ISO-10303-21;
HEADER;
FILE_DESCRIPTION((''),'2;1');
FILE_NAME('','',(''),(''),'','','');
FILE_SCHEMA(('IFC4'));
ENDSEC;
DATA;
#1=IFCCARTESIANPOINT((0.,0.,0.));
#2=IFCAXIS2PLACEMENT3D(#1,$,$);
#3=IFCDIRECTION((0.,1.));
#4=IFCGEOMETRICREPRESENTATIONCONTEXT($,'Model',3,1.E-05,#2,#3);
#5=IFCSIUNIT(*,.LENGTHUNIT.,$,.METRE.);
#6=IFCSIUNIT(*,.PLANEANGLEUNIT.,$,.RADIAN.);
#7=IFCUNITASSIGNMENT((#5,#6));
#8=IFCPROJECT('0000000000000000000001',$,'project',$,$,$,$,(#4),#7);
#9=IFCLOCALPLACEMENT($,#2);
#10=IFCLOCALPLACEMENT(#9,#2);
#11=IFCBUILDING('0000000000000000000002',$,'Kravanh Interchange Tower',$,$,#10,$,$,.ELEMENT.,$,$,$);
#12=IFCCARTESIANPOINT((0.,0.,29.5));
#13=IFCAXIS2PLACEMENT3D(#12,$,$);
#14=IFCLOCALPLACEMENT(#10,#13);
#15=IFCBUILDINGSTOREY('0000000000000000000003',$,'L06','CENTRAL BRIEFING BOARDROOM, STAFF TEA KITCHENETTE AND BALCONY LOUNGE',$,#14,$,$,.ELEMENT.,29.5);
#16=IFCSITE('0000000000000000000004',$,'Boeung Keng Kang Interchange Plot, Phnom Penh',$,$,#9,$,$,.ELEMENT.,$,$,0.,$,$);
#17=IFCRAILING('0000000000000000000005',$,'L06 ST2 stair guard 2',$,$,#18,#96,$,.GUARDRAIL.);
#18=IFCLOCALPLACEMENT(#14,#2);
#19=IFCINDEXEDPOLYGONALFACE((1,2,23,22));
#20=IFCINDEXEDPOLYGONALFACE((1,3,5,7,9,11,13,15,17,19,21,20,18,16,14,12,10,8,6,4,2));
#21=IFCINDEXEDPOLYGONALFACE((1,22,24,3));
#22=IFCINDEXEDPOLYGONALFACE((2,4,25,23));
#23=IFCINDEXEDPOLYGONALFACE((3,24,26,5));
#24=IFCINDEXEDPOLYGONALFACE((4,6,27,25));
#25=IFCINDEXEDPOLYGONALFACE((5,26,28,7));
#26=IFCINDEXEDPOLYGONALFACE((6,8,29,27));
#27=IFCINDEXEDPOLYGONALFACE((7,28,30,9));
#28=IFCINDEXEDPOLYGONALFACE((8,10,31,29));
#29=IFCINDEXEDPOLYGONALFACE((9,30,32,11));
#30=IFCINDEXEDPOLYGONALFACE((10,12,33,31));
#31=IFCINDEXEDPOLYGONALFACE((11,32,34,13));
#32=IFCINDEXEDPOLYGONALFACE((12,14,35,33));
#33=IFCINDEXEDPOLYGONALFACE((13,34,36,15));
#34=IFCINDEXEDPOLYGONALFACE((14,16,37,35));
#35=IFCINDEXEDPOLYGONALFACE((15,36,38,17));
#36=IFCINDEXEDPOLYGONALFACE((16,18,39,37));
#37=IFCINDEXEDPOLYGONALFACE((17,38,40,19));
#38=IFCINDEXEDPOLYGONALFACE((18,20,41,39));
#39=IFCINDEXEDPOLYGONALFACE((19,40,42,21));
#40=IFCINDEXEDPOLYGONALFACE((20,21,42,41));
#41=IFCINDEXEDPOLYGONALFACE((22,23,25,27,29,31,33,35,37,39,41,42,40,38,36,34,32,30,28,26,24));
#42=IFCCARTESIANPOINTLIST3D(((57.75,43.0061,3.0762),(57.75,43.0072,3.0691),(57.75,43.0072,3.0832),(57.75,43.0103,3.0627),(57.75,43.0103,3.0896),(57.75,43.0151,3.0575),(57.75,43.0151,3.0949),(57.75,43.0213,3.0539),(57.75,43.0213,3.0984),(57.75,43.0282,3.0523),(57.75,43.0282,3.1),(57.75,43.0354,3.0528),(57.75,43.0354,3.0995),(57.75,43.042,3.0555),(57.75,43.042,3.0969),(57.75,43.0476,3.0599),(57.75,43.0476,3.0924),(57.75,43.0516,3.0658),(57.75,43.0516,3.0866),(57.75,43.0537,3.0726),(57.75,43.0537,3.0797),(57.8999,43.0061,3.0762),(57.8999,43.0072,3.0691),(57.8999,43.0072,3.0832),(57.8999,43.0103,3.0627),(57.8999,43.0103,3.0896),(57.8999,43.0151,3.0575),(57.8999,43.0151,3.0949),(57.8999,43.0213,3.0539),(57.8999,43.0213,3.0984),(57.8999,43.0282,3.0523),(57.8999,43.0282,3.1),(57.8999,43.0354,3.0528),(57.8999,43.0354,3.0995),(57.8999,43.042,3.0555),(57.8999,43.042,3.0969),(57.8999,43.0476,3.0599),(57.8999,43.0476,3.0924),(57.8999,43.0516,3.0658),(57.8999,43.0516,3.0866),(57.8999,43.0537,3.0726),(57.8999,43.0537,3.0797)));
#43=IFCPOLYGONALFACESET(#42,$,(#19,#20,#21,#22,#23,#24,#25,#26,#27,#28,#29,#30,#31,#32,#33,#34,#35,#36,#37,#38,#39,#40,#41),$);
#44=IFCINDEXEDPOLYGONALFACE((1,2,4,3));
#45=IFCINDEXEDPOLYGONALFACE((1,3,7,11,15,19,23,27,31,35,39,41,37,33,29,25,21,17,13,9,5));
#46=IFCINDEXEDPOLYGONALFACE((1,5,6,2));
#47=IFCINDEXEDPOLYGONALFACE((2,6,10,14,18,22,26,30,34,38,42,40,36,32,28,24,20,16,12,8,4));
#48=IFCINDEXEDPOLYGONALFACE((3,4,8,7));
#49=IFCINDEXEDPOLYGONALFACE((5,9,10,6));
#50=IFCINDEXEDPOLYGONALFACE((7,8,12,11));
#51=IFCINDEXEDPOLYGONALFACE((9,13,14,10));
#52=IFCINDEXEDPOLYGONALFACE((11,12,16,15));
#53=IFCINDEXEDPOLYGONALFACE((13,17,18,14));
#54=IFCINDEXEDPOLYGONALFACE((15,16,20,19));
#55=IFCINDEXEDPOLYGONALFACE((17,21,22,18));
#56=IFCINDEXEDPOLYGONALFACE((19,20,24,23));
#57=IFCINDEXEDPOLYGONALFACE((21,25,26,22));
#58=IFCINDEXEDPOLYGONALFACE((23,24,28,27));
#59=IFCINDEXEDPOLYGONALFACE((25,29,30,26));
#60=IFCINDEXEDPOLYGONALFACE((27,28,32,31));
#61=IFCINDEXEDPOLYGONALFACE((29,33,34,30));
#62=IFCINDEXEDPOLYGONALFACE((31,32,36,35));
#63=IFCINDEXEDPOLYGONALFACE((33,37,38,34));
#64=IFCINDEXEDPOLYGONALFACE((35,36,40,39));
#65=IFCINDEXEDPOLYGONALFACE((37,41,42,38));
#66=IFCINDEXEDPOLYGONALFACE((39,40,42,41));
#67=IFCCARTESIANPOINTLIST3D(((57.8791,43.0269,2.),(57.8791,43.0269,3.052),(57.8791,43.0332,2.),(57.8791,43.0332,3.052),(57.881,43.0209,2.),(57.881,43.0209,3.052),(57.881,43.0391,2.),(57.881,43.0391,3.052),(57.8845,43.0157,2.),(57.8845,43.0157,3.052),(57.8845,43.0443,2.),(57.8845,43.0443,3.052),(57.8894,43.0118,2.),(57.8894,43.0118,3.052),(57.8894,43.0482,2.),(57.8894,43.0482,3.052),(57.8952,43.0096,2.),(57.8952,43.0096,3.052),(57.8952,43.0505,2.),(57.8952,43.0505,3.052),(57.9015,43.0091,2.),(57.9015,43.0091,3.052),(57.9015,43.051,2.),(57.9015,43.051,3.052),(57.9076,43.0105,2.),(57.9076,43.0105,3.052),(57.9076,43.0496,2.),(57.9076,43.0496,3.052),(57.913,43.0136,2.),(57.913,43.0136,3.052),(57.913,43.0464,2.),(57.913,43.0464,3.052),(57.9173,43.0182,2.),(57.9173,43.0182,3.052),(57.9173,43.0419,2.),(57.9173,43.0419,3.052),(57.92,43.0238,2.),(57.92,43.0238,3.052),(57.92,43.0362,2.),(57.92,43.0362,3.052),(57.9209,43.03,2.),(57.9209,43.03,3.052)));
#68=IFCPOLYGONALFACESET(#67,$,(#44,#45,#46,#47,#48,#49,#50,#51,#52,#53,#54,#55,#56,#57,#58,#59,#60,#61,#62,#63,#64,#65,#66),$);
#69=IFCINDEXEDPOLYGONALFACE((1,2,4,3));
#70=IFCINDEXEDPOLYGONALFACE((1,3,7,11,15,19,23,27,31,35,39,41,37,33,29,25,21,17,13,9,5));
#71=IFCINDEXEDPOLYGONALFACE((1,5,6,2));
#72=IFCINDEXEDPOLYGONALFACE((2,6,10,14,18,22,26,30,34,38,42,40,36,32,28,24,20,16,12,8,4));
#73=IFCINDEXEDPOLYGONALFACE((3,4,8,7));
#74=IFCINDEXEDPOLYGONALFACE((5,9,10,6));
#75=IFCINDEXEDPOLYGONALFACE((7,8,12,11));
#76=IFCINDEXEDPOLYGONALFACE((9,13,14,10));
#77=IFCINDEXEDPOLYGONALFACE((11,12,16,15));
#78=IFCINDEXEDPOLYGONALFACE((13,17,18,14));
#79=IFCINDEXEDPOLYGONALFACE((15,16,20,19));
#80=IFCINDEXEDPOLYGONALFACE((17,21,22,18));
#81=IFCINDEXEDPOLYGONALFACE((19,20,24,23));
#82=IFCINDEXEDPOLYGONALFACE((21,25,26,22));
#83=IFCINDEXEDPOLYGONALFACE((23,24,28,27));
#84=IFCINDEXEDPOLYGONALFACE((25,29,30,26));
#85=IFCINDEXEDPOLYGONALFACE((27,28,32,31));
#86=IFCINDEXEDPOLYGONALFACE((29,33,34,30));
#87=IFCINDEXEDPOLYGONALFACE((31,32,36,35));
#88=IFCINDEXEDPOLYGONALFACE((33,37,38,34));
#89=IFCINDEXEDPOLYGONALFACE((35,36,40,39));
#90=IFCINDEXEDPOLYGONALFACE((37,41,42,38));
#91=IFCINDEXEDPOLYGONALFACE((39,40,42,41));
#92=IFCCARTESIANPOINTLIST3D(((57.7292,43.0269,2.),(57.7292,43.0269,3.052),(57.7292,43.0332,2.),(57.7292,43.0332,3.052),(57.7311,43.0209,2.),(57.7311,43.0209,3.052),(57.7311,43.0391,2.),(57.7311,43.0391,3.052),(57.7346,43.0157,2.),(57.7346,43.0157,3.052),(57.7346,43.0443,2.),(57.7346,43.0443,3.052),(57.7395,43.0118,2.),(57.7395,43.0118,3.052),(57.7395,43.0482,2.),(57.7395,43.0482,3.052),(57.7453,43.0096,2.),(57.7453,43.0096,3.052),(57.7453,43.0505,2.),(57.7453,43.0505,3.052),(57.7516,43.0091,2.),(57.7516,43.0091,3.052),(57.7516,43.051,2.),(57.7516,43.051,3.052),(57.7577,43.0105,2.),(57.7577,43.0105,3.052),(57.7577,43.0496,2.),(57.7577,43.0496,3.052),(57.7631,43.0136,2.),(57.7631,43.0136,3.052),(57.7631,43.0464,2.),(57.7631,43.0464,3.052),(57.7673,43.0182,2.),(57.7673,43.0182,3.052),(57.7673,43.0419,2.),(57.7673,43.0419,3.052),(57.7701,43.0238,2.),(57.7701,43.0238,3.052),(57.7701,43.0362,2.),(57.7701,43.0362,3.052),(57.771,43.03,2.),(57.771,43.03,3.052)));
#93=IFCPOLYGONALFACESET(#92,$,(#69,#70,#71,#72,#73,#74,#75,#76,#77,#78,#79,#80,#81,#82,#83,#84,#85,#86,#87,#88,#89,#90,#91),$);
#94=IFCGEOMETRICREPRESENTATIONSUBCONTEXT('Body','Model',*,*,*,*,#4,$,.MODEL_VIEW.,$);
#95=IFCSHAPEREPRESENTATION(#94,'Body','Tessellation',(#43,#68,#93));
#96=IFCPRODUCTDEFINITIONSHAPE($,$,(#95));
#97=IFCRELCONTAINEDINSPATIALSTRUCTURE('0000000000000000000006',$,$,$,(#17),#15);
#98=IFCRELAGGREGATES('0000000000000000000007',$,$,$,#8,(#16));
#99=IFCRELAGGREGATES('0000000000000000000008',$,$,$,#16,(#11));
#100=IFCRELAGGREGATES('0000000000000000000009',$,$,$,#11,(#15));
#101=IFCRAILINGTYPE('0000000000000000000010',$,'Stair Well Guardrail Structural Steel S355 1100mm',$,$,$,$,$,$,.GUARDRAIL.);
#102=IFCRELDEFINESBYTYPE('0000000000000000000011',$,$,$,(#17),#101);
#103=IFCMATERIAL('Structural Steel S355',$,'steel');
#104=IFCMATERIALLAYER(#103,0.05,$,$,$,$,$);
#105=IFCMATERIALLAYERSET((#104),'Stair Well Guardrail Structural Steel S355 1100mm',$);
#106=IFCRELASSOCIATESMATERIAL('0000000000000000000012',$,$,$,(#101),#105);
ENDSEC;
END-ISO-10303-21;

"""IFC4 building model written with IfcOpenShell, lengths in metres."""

from ifc_helpers import new_model, si_unit, direction, frame, origin, origin_2d, place, context, subcontext, project, spatial, circle, extrude, material, layer, layer_set, type_object, element, save


model = new_model("IFC4")

# Units and contexts
model_context = context("Model", 3, precision=1e-05, world=origin(), true_north=direction((0.0, 1.0)))
body_context = subcontext(model_context, "Body", "Model", "MODEL_VIEW")
ifc_project = project(units=[si_unit("LENGTHUNIT", "METRE"), si_unit("PLANEANGLEUNIT", "RADIAN")], contexts=[model_context])

# Site, building, storey
site_placement = place(None, origin())
site = spatial("IfcSite", under=ifc_project, at=site_placement, Name="Boeung Keng Kang Interchange Plot, Phnom Penh", CompositionType="ELEMENT", RefElevation=0.0)
building_placement = place(site_placement, origin())
building = spatial("IfcBuilding", under=site, at=building_placement, Name="Kravanh Interchange Tower", CompositionType="ELEMENT")
storey_placement = place(building_placement, frame((0.0, 0.0, 29.5)))
storey = spatial("IfcBuildingStorey", under=building, at=storey_placement, Name="L06", Description="CENTRAL BRIEFING BOARDROOM, STAFF TEA KITCHENETTE AND BALCONY LOUNGE", CompositionType="ELEMENT", Elevation=29.5)

# Railing
ifc_material_1 = material(Name="Structural Steel S355", Category="steel")
ifc_layer_1 = layer(ifc_material_1, 0.05)
ifc_layer_set_1 = layer_set([ifc_layer_1], Name="Stair Well Guardrail Structural Steel S355 1100mm")
railing_type_1 = type_object("IfcRailingType", Name="Stair Well Guardrail Structural Steel S355 1100mm", PredefinedType="GUARDRAIL", material=ifc_layer_set_1)
railing_1_placement = place(storey_placement, frame((57.8999, 43.03, 2.0)))
element("IfcRailing", 1, at=railing_1_placement, inside=storey, type_object=railing_type_1, Name="L06 ST2 stair guard 2", PredefinedType="GUARDRAIL", context=body_context, shape_type="SweptSolid", body=[
    extrude(circle(Radius=0.0239, at=origin_2d()), frame((0.0, 0.0, 1.0762), z_axis=(-1.0, 0.0, 0.0), x_axis=(0.0, -1.0, 0.0)), (0.0, 0.0, 1.0), 0.1499),
    extrude(circle(Radius=0.021, at=origin_2d()), origin(), (0.0, 0.0, 1.0), 1.052),
    extrude(circle(Radius=0.021, at=origin_2d()), frame((-0.1499, 0.0, 0.0)), (0.0, 0.0, 1.0), 1.052),
])

save(model, "model.ifc")
